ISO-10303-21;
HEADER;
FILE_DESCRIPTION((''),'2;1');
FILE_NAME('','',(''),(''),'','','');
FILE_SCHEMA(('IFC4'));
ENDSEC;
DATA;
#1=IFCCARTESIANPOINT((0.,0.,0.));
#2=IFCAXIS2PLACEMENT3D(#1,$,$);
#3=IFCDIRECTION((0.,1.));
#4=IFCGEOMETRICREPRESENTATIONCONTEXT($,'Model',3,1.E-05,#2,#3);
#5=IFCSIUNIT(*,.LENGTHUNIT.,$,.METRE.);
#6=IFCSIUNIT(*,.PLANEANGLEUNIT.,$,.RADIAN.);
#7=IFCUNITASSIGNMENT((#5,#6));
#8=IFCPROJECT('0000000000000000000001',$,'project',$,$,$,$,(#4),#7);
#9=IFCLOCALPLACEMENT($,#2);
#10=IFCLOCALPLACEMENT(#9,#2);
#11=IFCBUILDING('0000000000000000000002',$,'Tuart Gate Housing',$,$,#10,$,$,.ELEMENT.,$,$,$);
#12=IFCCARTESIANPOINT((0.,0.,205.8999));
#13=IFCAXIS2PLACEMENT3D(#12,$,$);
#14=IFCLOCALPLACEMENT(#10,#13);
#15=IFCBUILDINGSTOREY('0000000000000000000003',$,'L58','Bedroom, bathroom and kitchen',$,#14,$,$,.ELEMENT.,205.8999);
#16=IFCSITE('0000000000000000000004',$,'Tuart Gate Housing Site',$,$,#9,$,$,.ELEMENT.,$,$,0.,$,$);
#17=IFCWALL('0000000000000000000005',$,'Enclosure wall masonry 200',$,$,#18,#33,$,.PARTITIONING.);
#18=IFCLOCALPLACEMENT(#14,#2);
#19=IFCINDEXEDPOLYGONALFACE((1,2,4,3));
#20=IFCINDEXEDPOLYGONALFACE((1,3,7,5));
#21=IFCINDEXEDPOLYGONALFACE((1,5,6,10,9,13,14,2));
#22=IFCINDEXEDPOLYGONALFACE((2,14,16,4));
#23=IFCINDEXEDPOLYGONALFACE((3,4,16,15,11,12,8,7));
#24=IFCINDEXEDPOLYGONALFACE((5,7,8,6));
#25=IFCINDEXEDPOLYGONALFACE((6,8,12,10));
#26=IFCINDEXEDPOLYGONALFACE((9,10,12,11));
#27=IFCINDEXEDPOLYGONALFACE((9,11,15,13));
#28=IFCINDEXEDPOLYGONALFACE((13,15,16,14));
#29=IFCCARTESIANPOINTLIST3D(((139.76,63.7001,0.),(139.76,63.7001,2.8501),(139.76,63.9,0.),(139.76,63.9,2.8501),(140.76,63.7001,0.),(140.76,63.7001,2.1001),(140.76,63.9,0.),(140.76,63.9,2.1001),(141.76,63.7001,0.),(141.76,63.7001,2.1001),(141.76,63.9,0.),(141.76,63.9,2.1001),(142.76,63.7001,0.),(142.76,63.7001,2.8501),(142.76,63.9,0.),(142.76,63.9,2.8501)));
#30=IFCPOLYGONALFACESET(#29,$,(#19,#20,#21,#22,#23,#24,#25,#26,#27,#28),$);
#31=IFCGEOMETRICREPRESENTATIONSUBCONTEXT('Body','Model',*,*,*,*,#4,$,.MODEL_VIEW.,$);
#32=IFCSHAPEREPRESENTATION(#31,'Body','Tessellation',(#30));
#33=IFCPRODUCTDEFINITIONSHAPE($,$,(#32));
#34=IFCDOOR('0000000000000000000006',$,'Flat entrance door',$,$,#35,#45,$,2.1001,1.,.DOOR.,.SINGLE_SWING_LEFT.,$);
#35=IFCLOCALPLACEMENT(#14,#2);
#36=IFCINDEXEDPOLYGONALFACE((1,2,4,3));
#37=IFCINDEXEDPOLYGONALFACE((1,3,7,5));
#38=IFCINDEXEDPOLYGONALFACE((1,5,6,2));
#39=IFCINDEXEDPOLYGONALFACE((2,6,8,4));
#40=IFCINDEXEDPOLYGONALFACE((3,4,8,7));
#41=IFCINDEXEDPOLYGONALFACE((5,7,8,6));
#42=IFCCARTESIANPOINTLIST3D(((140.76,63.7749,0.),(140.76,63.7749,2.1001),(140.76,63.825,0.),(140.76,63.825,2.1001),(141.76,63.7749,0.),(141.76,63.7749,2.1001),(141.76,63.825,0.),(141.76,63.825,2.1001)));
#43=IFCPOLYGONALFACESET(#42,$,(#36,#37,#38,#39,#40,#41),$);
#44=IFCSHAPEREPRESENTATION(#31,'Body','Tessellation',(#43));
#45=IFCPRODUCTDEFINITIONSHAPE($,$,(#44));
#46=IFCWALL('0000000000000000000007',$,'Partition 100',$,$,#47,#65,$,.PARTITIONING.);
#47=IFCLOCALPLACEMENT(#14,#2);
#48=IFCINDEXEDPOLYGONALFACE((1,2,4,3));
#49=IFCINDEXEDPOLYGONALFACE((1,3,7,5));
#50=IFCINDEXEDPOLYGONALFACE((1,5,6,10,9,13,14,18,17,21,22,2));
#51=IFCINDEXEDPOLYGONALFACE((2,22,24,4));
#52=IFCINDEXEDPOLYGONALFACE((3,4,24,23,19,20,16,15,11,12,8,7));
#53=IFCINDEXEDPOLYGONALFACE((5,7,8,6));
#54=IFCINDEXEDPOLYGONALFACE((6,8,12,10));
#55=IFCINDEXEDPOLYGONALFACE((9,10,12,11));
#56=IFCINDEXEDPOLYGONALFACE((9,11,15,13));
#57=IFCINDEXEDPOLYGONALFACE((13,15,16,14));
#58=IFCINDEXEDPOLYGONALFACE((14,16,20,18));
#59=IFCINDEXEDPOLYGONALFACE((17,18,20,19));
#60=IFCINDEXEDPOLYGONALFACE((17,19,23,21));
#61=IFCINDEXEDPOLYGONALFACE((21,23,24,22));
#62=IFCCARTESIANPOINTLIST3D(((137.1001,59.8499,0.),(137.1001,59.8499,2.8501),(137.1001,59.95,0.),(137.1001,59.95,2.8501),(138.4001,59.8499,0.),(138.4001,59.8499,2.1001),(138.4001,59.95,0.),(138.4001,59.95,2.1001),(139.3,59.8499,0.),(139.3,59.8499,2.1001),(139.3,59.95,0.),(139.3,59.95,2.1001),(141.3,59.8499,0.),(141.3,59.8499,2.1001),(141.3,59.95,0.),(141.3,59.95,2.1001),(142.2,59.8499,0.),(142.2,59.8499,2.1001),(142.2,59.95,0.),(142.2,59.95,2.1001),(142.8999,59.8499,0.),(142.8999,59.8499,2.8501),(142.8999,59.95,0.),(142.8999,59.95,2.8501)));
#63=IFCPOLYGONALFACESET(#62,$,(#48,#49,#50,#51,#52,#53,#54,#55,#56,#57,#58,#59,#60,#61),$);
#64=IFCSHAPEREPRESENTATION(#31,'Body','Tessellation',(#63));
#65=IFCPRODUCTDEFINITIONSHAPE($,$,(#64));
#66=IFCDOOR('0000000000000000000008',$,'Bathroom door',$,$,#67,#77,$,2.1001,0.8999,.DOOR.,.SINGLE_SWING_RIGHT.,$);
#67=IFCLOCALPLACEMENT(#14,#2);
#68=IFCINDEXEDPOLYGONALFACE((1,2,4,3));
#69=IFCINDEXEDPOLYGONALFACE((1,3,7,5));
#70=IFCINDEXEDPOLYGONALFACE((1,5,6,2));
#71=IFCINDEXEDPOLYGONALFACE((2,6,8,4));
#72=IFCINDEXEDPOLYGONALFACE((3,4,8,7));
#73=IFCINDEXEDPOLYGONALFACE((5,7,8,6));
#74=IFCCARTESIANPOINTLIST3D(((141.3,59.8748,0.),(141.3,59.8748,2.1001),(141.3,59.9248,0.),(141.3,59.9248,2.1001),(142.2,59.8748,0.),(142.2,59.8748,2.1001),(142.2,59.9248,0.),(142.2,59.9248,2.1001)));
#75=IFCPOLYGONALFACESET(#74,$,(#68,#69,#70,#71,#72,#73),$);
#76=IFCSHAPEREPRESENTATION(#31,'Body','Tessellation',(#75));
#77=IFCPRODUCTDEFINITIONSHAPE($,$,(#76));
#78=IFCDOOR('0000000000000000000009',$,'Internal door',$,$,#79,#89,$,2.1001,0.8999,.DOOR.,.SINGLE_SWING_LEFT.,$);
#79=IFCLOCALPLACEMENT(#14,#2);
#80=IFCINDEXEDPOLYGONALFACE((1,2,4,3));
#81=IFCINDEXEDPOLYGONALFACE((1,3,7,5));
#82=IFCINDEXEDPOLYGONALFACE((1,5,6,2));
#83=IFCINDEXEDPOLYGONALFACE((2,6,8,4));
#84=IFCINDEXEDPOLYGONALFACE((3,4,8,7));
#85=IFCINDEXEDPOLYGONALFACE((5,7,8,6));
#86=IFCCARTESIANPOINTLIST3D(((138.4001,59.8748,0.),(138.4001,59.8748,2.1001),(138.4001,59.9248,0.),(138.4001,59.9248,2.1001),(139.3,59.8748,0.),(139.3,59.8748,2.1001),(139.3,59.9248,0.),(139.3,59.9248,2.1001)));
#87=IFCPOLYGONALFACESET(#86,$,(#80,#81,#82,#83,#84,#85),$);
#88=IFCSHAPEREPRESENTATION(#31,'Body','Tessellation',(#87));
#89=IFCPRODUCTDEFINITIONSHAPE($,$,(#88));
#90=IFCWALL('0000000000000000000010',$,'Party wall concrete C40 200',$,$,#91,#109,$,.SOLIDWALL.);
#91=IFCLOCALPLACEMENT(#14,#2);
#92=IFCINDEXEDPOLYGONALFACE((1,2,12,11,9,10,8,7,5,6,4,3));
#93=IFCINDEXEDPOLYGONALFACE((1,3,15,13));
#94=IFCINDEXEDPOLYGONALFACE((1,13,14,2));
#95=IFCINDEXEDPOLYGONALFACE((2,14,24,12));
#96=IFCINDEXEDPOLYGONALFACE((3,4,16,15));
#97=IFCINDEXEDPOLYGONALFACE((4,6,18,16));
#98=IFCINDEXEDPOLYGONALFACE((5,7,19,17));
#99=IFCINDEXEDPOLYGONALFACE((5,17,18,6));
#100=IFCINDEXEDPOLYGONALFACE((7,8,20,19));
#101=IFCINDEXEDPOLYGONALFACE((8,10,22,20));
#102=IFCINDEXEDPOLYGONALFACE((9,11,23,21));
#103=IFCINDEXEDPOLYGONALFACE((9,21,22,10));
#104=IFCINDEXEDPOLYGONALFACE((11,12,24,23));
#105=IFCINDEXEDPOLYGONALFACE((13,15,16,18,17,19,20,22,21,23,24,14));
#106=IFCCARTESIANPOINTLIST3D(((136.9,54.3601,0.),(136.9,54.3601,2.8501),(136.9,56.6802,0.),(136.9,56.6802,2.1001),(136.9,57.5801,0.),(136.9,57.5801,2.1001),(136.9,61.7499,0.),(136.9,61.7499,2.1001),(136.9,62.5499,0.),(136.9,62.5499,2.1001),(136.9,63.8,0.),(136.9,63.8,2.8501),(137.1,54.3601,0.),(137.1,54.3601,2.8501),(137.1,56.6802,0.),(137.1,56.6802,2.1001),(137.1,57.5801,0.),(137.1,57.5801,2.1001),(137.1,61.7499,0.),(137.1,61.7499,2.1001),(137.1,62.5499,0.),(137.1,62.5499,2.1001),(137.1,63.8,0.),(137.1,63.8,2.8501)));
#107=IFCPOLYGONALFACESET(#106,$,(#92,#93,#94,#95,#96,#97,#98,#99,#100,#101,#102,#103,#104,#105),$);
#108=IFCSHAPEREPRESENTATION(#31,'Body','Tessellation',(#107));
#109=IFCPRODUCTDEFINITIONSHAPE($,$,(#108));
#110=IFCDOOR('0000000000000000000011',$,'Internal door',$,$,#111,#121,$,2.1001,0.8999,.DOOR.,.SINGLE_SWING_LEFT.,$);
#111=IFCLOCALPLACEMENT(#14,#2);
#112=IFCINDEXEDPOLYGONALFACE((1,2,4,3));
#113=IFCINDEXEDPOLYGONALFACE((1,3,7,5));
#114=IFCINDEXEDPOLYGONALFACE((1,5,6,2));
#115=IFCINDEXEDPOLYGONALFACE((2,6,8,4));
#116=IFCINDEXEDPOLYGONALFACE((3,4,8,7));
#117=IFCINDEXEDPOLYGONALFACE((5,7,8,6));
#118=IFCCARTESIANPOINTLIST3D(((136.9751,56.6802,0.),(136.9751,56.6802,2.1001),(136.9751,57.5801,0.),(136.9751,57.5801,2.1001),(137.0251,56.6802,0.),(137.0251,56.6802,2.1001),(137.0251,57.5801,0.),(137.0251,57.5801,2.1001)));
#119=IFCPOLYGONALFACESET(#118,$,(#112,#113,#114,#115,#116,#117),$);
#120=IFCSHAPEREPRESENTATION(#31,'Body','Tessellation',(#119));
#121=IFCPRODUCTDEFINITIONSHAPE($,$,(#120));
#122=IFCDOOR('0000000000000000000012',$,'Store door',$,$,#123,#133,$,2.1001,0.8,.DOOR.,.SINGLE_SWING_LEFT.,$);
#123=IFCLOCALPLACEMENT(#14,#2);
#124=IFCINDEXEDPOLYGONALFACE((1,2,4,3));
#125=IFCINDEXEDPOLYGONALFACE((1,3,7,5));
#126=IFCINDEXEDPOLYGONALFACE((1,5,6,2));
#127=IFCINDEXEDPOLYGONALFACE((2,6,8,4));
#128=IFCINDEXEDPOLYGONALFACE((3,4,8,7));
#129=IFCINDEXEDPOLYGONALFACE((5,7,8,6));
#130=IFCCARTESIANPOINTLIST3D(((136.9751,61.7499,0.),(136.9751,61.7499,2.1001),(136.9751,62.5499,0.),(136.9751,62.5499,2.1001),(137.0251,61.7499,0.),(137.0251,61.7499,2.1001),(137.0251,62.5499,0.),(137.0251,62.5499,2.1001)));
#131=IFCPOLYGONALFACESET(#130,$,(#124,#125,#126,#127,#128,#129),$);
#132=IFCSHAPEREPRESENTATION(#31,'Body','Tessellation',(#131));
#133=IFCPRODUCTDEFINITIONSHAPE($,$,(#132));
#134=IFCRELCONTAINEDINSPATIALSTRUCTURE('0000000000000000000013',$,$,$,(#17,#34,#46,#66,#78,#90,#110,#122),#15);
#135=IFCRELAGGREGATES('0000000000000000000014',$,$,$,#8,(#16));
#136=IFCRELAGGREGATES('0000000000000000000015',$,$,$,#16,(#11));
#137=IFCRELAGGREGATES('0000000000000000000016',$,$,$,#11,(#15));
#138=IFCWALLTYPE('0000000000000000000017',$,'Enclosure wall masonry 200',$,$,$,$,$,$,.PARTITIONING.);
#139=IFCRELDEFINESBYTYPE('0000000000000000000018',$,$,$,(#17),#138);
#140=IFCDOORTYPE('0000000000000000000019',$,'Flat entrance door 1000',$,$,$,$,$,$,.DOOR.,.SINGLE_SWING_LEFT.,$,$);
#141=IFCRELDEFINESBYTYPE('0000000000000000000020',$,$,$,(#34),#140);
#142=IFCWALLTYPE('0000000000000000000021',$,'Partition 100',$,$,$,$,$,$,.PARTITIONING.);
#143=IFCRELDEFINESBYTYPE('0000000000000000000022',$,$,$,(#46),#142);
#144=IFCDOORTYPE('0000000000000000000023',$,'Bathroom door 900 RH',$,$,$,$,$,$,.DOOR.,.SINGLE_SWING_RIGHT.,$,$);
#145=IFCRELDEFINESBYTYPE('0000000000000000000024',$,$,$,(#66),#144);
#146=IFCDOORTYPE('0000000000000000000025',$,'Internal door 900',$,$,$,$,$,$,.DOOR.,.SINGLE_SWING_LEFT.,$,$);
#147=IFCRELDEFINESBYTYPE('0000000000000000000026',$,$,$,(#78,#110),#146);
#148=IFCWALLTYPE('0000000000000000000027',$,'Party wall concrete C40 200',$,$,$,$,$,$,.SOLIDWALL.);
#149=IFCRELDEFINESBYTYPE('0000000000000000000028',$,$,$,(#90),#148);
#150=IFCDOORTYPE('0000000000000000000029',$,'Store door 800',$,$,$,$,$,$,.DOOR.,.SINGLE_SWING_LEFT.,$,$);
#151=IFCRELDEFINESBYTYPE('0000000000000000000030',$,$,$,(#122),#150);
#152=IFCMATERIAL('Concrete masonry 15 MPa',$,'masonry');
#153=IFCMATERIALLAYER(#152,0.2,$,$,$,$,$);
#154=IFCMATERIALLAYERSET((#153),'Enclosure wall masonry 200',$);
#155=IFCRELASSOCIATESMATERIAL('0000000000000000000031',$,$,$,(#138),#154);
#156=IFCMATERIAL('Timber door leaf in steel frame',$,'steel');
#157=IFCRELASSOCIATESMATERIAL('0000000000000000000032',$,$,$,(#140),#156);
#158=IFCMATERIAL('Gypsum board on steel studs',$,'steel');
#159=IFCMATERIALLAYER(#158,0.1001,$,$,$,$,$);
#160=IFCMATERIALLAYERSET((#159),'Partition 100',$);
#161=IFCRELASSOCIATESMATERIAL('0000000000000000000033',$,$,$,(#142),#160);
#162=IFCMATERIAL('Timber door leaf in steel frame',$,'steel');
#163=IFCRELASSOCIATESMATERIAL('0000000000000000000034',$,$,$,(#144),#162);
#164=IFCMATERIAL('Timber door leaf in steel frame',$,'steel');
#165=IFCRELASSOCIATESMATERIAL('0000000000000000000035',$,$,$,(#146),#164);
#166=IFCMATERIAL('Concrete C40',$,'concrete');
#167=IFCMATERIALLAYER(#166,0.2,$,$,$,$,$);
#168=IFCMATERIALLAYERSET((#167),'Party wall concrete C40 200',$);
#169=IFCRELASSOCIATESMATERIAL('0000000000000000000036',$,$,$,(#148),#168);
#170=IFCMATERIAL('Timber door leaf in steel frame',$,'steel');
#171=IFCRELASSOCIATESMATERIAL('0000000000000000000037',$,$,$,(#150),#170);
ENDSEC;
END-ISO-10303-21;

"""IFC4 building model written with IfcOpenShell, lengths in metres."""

from ifc_helpers import new_model, si_unit, direction, frame, frame_2d, origin, place, context, subcontext, project, spatial, rectangle, extrude, material, layer, layer_set, type_object, element, fill, save


model = new_model("IFC4")

# Units and contexts
model_context = context("Model", 3, precision=1e-05, world=origin(), true_north=direction((0.0, 1.0)))
body_context = subcontext(model_context, "Body", "Model", "MODEL_VIEW")
ifc_project = project(units=[si_unit("LENGTHUNIT", "METRE"), si_unit("PLANEANGLEUNIT", "RADIAN")], contexts=[model_context])

# Site, building, storey
site_placement = place(None, origin())
site = spatial("IfcSite", under=ifc_project, at=site_placement, Name="Tuart Gate Housing Site", CompositionType="ELEMENT", RefElevation=0.0)
building_placement = place(site_placement, origin())
building = spatial("IfcBuilding", under=site, at=building_placement, Name="Tuart Gate Housing", CompositionType="ELEMENT")
storey_placement = place(building_placement, frame((0.0, 0.0, 205.8999)))
storey = spatial("IfcBuildingStorey", under=building, at=storey_placement, Name="L58", Description="Bedroom, bathroom and kitchen", CompositionType="ELEMENT", Elevation=205.8999)

# Wall, opening, door
ifc_material_1 = material(Name="Concrete masonry 15 MPa", Category="masonry")
ifc_layer_1 = layer(ifc_material_1, 0.2)
ifc_layer_set_1 = layer_set([ifc_layer_1], Name="Enclosure wall masonry 200")
wall_type_1 = type_object("IfcWallType", Name="Enclosure wall masonry 200", PredefinedType="PARTITIONING", material=ifc_layer_set_1)
wall_1_placement = place(storey_placement, frame((139.76, 63.8, 0.0), z_axis=(0.0, 0.0, 1.0), x_axis=(1.0, 0.0, 0.0)))
wall_1 = element("IfcWall", 1, at=wall_1_placement, inside=storey, type_object=wall_type_1, Name="Enclosure wall masonry 200", PredefinedType="PARTITIONING", context=body_context, shape_type="SweptSolid", body=[
    extrude(rectangle(XDim=3.0, YDim=0.2, at=frame_2d((1.5, 0.0))), origin(), (0.0, 0.0, 1.0), 2.8501),
])
opening_1_placement = place(wall_1_placement, frame((1.0, 0.0, 0.0)))
opening_1 = element("IfcOpeningElement", 2, at=opening_1_placement, cuts=wall_1, PredefinedType="OPENING", context=body_context, shape_type="SweptSolid", body=[
    extrude(rectangle(XDim=1.0, YDim=2.1001, at=frame_2d((0.5, 1.05))), frame((0.0, 0.1099, 0.0), z_axis=(0.0, -1.0, 0.0), x_axis=(1.0, 0.0, 0.0)), (0.0, 0.0, 1.0), 0.22),
])
ifc_material_2 = material(Name="Timber door leaf in steel frame", Category="steel")
door_type_1 = type_object("IfcDoorType", Name="Flat entrance door 1000", OperationType="SINGLE_SWING_LEFT", PredefinedType="DOOR", material=ifc_material_2)
door_1_placement = place(opening_1_placement, frame((1.0, 0.0, 0.0), z_axis=(0.0, 0.0, 1.0), x_axis=(-1.0, 0.0, 0.0)))
door_1 = element("IfcDoor", 3, at=door_1_placement, inside=storey, type_object=door_type_1, Name="Flat entrance door", OperationType="SINGLE_SWING_LEFT", OverallHeight=2.1001, OverallWidth=1.0, PredefinedType="DOOR", context=body_context, shape_type="SweptSolid", body=[
    extrude(rectangle(XDim=1.0, YDim=2.1001, at=frame_2d((0.5, 1.05))), frame((0.0, 0.0251, 0.0), z_axis=(0.0, -1.0, 0.0), x_axis=(1.0, 0.0, 0.0)), (0.0, 0.0, 1.0), 0.05),
])
fill(opening_1, door_1)

# Walls, openings, doors
ifc_material_3 = material(Name="Gypsum board on steel studs", Category="steel")
ifc_layer_2 = layer(ifc_material_3, 0.1001)
ifc_layer_set_2 = layer_set([ifc_layer_2], Name="Partition 100")
wall_type_2 = type_object("IfcWallType", Name="Partition 100", PredefinedType="PARTITIONING", material=ifc_layer_set_2)
wall_2_placement = place(storey_placement, frame((137.1001, 59.8999, 0.0), z_axis=(0.0, 0.0, 1.0), x_axis=(1.0, 0.0, 0.0)))
wall_2 = element("IfcWall", 4, at=wall_2_placement, inside=storey, type_object=wall_type_2, Name="Partition 100", PredefinedType="PARTITIONING", context=body_context, shape_type="SweptSolid", body=[
    extrude(rectangle(XDim=5.7998, YDim=0.1001, at=frame_2d((2.8999, 0.0))), origin(), (0.0, 0.0, 1.0), 2.8501),
])
opening_2_placement = place(wall_2_placement, frame((1.3, 0.0, 0.0)))
opening_2 = element("IfcOpeningElement", 5, at=opening_2_placement, cuts=wall_2, PredefinedType="OPENING", context=body_context, shape_type="SweptSolid", body=[
    extrude(rectangle(XDim=0.8999, YDim=2.1001, at=frame_2d((0.45, 1.05))), frame((0.0, 0.0601, 0.0), z_axis=(0.0, -1.0, 0.0), x_axis=(1.0, 0.0, 0.0)), (0.0, 0.0, 1.0), 0.1201),
])
opening_3_placement = place(wall_2_placement, frame((4.2, 0.0, 0.0)))
opening_3 = element("IfcOpeningElement", 6, at=opening_3_placement, cuts=wall_2, PredefinedType="OPENING", context=body_context, shape_type="SweptSolid", body=[
    extrude(rectangle(XDim=0.8999, YDim=2.1001, at=frame_2d((0.45, 1.05))), frame((0.0, 0.0601, 0.0), z_axis=(0.0, -1.0, 0.0), x_axis=(1.0, 0.0, 0.0)), (0.0, 0.0, 1.0), 0.1201),
])
ifc_material_4 = material(Name="Timber door leaf in steel frame", Category="steel")
door_type_2 = type_object("IfcDoorType", Name="Bathroom door 900 RH", OperationType="SINGLE_SWING_RIGHT", PredefinedType="DOOR", material=ifc_material_4)
door_2_placement = place(opening_3_placement, frame((0.8999, 0.0, 0.0), z_axis=(0.0, 0.0, 1.0), x_axis=(-1.0, 0.0, 0.0)))
door_2 = element("IfcDoor", 7, at=door_2_placement, inside=storey, type_object=door_type_2, Name="Bathroom door", OperationType="SINGLE_SWING_RIGHT", OverallHeight=2.1001, OverallWidth=0.8999, PredefinedType="DOOR", context=body_context, shape_type="SweptSolid", body=[
    extrude(rectangle(XDim=0.8999, YDim=2.1001, at=frame_2d((0.45, 1.05))), frame((0.0, 0.0251, 0.0), z_axis=(0.0, -1.0, 0.0), x_axis=(1.0, 0.0, 0.0)), (0.0, 0.0, 1.0), 0.05),
])
fill(opening_3, door_2)
ifc_material_5 = material(Name="Timber door leaf in steel frame", Category="steel")
door_type_3 = type_object("IfcDoorType", Name="Internal door 900", OperationType="SINGLE_SWING_LEFT", PredefinedType="DOOR", material=ifc_material_5)
door_3_placement = place(opening_2_placement, origin())
door_3 = element("IfcDoor", 8, at=door_3_placement, inside=storey, type_object=door_type_3, Name="Internal door", OperationType="SINGLE_SWING_LEFT", OverallHeight=2.1001, OverallWidth=0.8999, PredefinedType="DOOR", context=body_context, shape_type="SweptSolid", body=[
    extrude(rectangle(XDim=0.8999, YDim=2.1001, at=frame_2d((0.45, 1.05))), frame((0.0, 0.0249, 0.0), z_axis=(0.0, -1.0, 0.0), x_axis=(1.0, 0.0, 0.0)), (0.0, 0.0, 1.0), 0.05),
])
fill(opening_2, door_3)
ifc_material_6 = material(Name="Concrete C40", Category="concrete")
ifc_layer_3 = layer(ifc_material_6, 0.2)
ifc_layer_set_3 = layer_set([ifc_layer_3], Name="Party wall concrete C40 200")
wall_type_3 = type_object("IfcWallType", Name="Party wall concrete C40 200", PredefinedType="SOLIDWALL", material=ifc_layer_set_3)
wall_3_placement = place(storey_placement, frame((137.0, 54.3601, 0.0), z_axis=(0.0, 0.0, 1.0), x_axis=(0.0, 1.0, 0.0)))
wall_3 = element("IfcWall", 9, at=wall_3_placement, inside=storey, type_object=wall_type_3, Name="Party wall concrete C40 200", PredefinedType="SOLIDWALL", context=body_context, shape_type="SweptSolid", body=[
    extrude(rectangle(XDim=9.4399, YDim=0.2, at=frame_2d((4.72, 0.0))), origin(), (0.0, 0.0, 1.0), 2.8501),
])
opening_4_placement = place(wall_3_placement, frame((2.3201, 0.0, 0.0)))
opening_4 = element("IfcOpeningElement", 10, at=opening_4_placement, cuts=wall_3, PredefinedType="OPENING", context=body_context, shape_type="SweptSolid", body=[
    extrude(rectangle(XDim=0.8999, YDim=2.1001, at=frame_2d((0.45, 1.05))), frame((0.0, 0.1099, 0.0), z_axis=(0.0, -1.0, 0.0), x_axis=(1.0, 0.0, 0.0)), (0.0, 0.0, 1.0), 0.22),
])
opening_5_placement = place(wall_3_placement, frame((7.3899, 0.0, 0.0)))
opening_5 = element("IfcOpeningElement", 11, at=opening_5_placement, cuts=wall_3, PredefinedType="OPENING", context=body_context, shape_type="SweptSolid", body=[
    extrude(rectangle(XDim=0.8, YDim=2.1001, at=frame_2d((0.3999, 1.05))), frame((0.0, 0.1099, 0.0), z_axis=(0.0, -1.0, 0.0), x_axis=(1.0, 0.0, 0.0)), (0.0, 0.0, 1.0), 0.22),
])
door_4_placement = place(opening_4_placement, origin())
door_4 = element("IfcDoor", 12, at=door_4_placement, inside=storey, type_object=door_type_3, Name="Internal door", OperationType="SINGLE_SWING_LEFT", OverallHeight=2.1001, OverallWidth=0.8999, PredefinedType="DOOR", context=body_context, shape_type="SweptSolid", body=[
    extrude(rectangle(XDim=0.8999, YDim=2.1001, at=frame_2d((0.45, 1.05))), frame((0.0, 0.0249, 0.0), z_axis=(0.0, -1.0, 0.0), x_axis=(1.0, 0.0, 0.0)), (0.0, 0.0, 1.0), 0.05),
])
fill(opening_4, door_4)
ifc_material_7 = material(Name="Timber door leaf in steel frame", Category="steel")
door_type_4 = type_object("IfcDoorType", Name="Store door 800", OperationType="SINGLE_SWING_LEFT", PredefinedType="DOOR", material=ifc_material_7)
door_5_placement = place(opening_5_placement, origin())
door_5 = element("IfcDoor", 13, at=door_5_placement, inside=storey, type_object=door_type_4, Name="Store door", OperationType="SINGLE_SWING_LEFT", OverallHeight=2.1001, OverallWidth=0.8, PredefinedType="DOOR", context=body_context, shape_type="SweptSolid", body=[
    extrude(rectangle(XDim=0.8, YDim=2.1001, at=frame_2d((0.3999, 1.05))), frame((0.0, 0.0249, 0.0), z_axis=(0.0, -1.0, 0.0), x_axis=(1.0, 0.0, 0.0)), (0.0, 0.0, 1.0), 0.05),
])
fill(opening_5, door_5)

save(model, "model.ifc")
